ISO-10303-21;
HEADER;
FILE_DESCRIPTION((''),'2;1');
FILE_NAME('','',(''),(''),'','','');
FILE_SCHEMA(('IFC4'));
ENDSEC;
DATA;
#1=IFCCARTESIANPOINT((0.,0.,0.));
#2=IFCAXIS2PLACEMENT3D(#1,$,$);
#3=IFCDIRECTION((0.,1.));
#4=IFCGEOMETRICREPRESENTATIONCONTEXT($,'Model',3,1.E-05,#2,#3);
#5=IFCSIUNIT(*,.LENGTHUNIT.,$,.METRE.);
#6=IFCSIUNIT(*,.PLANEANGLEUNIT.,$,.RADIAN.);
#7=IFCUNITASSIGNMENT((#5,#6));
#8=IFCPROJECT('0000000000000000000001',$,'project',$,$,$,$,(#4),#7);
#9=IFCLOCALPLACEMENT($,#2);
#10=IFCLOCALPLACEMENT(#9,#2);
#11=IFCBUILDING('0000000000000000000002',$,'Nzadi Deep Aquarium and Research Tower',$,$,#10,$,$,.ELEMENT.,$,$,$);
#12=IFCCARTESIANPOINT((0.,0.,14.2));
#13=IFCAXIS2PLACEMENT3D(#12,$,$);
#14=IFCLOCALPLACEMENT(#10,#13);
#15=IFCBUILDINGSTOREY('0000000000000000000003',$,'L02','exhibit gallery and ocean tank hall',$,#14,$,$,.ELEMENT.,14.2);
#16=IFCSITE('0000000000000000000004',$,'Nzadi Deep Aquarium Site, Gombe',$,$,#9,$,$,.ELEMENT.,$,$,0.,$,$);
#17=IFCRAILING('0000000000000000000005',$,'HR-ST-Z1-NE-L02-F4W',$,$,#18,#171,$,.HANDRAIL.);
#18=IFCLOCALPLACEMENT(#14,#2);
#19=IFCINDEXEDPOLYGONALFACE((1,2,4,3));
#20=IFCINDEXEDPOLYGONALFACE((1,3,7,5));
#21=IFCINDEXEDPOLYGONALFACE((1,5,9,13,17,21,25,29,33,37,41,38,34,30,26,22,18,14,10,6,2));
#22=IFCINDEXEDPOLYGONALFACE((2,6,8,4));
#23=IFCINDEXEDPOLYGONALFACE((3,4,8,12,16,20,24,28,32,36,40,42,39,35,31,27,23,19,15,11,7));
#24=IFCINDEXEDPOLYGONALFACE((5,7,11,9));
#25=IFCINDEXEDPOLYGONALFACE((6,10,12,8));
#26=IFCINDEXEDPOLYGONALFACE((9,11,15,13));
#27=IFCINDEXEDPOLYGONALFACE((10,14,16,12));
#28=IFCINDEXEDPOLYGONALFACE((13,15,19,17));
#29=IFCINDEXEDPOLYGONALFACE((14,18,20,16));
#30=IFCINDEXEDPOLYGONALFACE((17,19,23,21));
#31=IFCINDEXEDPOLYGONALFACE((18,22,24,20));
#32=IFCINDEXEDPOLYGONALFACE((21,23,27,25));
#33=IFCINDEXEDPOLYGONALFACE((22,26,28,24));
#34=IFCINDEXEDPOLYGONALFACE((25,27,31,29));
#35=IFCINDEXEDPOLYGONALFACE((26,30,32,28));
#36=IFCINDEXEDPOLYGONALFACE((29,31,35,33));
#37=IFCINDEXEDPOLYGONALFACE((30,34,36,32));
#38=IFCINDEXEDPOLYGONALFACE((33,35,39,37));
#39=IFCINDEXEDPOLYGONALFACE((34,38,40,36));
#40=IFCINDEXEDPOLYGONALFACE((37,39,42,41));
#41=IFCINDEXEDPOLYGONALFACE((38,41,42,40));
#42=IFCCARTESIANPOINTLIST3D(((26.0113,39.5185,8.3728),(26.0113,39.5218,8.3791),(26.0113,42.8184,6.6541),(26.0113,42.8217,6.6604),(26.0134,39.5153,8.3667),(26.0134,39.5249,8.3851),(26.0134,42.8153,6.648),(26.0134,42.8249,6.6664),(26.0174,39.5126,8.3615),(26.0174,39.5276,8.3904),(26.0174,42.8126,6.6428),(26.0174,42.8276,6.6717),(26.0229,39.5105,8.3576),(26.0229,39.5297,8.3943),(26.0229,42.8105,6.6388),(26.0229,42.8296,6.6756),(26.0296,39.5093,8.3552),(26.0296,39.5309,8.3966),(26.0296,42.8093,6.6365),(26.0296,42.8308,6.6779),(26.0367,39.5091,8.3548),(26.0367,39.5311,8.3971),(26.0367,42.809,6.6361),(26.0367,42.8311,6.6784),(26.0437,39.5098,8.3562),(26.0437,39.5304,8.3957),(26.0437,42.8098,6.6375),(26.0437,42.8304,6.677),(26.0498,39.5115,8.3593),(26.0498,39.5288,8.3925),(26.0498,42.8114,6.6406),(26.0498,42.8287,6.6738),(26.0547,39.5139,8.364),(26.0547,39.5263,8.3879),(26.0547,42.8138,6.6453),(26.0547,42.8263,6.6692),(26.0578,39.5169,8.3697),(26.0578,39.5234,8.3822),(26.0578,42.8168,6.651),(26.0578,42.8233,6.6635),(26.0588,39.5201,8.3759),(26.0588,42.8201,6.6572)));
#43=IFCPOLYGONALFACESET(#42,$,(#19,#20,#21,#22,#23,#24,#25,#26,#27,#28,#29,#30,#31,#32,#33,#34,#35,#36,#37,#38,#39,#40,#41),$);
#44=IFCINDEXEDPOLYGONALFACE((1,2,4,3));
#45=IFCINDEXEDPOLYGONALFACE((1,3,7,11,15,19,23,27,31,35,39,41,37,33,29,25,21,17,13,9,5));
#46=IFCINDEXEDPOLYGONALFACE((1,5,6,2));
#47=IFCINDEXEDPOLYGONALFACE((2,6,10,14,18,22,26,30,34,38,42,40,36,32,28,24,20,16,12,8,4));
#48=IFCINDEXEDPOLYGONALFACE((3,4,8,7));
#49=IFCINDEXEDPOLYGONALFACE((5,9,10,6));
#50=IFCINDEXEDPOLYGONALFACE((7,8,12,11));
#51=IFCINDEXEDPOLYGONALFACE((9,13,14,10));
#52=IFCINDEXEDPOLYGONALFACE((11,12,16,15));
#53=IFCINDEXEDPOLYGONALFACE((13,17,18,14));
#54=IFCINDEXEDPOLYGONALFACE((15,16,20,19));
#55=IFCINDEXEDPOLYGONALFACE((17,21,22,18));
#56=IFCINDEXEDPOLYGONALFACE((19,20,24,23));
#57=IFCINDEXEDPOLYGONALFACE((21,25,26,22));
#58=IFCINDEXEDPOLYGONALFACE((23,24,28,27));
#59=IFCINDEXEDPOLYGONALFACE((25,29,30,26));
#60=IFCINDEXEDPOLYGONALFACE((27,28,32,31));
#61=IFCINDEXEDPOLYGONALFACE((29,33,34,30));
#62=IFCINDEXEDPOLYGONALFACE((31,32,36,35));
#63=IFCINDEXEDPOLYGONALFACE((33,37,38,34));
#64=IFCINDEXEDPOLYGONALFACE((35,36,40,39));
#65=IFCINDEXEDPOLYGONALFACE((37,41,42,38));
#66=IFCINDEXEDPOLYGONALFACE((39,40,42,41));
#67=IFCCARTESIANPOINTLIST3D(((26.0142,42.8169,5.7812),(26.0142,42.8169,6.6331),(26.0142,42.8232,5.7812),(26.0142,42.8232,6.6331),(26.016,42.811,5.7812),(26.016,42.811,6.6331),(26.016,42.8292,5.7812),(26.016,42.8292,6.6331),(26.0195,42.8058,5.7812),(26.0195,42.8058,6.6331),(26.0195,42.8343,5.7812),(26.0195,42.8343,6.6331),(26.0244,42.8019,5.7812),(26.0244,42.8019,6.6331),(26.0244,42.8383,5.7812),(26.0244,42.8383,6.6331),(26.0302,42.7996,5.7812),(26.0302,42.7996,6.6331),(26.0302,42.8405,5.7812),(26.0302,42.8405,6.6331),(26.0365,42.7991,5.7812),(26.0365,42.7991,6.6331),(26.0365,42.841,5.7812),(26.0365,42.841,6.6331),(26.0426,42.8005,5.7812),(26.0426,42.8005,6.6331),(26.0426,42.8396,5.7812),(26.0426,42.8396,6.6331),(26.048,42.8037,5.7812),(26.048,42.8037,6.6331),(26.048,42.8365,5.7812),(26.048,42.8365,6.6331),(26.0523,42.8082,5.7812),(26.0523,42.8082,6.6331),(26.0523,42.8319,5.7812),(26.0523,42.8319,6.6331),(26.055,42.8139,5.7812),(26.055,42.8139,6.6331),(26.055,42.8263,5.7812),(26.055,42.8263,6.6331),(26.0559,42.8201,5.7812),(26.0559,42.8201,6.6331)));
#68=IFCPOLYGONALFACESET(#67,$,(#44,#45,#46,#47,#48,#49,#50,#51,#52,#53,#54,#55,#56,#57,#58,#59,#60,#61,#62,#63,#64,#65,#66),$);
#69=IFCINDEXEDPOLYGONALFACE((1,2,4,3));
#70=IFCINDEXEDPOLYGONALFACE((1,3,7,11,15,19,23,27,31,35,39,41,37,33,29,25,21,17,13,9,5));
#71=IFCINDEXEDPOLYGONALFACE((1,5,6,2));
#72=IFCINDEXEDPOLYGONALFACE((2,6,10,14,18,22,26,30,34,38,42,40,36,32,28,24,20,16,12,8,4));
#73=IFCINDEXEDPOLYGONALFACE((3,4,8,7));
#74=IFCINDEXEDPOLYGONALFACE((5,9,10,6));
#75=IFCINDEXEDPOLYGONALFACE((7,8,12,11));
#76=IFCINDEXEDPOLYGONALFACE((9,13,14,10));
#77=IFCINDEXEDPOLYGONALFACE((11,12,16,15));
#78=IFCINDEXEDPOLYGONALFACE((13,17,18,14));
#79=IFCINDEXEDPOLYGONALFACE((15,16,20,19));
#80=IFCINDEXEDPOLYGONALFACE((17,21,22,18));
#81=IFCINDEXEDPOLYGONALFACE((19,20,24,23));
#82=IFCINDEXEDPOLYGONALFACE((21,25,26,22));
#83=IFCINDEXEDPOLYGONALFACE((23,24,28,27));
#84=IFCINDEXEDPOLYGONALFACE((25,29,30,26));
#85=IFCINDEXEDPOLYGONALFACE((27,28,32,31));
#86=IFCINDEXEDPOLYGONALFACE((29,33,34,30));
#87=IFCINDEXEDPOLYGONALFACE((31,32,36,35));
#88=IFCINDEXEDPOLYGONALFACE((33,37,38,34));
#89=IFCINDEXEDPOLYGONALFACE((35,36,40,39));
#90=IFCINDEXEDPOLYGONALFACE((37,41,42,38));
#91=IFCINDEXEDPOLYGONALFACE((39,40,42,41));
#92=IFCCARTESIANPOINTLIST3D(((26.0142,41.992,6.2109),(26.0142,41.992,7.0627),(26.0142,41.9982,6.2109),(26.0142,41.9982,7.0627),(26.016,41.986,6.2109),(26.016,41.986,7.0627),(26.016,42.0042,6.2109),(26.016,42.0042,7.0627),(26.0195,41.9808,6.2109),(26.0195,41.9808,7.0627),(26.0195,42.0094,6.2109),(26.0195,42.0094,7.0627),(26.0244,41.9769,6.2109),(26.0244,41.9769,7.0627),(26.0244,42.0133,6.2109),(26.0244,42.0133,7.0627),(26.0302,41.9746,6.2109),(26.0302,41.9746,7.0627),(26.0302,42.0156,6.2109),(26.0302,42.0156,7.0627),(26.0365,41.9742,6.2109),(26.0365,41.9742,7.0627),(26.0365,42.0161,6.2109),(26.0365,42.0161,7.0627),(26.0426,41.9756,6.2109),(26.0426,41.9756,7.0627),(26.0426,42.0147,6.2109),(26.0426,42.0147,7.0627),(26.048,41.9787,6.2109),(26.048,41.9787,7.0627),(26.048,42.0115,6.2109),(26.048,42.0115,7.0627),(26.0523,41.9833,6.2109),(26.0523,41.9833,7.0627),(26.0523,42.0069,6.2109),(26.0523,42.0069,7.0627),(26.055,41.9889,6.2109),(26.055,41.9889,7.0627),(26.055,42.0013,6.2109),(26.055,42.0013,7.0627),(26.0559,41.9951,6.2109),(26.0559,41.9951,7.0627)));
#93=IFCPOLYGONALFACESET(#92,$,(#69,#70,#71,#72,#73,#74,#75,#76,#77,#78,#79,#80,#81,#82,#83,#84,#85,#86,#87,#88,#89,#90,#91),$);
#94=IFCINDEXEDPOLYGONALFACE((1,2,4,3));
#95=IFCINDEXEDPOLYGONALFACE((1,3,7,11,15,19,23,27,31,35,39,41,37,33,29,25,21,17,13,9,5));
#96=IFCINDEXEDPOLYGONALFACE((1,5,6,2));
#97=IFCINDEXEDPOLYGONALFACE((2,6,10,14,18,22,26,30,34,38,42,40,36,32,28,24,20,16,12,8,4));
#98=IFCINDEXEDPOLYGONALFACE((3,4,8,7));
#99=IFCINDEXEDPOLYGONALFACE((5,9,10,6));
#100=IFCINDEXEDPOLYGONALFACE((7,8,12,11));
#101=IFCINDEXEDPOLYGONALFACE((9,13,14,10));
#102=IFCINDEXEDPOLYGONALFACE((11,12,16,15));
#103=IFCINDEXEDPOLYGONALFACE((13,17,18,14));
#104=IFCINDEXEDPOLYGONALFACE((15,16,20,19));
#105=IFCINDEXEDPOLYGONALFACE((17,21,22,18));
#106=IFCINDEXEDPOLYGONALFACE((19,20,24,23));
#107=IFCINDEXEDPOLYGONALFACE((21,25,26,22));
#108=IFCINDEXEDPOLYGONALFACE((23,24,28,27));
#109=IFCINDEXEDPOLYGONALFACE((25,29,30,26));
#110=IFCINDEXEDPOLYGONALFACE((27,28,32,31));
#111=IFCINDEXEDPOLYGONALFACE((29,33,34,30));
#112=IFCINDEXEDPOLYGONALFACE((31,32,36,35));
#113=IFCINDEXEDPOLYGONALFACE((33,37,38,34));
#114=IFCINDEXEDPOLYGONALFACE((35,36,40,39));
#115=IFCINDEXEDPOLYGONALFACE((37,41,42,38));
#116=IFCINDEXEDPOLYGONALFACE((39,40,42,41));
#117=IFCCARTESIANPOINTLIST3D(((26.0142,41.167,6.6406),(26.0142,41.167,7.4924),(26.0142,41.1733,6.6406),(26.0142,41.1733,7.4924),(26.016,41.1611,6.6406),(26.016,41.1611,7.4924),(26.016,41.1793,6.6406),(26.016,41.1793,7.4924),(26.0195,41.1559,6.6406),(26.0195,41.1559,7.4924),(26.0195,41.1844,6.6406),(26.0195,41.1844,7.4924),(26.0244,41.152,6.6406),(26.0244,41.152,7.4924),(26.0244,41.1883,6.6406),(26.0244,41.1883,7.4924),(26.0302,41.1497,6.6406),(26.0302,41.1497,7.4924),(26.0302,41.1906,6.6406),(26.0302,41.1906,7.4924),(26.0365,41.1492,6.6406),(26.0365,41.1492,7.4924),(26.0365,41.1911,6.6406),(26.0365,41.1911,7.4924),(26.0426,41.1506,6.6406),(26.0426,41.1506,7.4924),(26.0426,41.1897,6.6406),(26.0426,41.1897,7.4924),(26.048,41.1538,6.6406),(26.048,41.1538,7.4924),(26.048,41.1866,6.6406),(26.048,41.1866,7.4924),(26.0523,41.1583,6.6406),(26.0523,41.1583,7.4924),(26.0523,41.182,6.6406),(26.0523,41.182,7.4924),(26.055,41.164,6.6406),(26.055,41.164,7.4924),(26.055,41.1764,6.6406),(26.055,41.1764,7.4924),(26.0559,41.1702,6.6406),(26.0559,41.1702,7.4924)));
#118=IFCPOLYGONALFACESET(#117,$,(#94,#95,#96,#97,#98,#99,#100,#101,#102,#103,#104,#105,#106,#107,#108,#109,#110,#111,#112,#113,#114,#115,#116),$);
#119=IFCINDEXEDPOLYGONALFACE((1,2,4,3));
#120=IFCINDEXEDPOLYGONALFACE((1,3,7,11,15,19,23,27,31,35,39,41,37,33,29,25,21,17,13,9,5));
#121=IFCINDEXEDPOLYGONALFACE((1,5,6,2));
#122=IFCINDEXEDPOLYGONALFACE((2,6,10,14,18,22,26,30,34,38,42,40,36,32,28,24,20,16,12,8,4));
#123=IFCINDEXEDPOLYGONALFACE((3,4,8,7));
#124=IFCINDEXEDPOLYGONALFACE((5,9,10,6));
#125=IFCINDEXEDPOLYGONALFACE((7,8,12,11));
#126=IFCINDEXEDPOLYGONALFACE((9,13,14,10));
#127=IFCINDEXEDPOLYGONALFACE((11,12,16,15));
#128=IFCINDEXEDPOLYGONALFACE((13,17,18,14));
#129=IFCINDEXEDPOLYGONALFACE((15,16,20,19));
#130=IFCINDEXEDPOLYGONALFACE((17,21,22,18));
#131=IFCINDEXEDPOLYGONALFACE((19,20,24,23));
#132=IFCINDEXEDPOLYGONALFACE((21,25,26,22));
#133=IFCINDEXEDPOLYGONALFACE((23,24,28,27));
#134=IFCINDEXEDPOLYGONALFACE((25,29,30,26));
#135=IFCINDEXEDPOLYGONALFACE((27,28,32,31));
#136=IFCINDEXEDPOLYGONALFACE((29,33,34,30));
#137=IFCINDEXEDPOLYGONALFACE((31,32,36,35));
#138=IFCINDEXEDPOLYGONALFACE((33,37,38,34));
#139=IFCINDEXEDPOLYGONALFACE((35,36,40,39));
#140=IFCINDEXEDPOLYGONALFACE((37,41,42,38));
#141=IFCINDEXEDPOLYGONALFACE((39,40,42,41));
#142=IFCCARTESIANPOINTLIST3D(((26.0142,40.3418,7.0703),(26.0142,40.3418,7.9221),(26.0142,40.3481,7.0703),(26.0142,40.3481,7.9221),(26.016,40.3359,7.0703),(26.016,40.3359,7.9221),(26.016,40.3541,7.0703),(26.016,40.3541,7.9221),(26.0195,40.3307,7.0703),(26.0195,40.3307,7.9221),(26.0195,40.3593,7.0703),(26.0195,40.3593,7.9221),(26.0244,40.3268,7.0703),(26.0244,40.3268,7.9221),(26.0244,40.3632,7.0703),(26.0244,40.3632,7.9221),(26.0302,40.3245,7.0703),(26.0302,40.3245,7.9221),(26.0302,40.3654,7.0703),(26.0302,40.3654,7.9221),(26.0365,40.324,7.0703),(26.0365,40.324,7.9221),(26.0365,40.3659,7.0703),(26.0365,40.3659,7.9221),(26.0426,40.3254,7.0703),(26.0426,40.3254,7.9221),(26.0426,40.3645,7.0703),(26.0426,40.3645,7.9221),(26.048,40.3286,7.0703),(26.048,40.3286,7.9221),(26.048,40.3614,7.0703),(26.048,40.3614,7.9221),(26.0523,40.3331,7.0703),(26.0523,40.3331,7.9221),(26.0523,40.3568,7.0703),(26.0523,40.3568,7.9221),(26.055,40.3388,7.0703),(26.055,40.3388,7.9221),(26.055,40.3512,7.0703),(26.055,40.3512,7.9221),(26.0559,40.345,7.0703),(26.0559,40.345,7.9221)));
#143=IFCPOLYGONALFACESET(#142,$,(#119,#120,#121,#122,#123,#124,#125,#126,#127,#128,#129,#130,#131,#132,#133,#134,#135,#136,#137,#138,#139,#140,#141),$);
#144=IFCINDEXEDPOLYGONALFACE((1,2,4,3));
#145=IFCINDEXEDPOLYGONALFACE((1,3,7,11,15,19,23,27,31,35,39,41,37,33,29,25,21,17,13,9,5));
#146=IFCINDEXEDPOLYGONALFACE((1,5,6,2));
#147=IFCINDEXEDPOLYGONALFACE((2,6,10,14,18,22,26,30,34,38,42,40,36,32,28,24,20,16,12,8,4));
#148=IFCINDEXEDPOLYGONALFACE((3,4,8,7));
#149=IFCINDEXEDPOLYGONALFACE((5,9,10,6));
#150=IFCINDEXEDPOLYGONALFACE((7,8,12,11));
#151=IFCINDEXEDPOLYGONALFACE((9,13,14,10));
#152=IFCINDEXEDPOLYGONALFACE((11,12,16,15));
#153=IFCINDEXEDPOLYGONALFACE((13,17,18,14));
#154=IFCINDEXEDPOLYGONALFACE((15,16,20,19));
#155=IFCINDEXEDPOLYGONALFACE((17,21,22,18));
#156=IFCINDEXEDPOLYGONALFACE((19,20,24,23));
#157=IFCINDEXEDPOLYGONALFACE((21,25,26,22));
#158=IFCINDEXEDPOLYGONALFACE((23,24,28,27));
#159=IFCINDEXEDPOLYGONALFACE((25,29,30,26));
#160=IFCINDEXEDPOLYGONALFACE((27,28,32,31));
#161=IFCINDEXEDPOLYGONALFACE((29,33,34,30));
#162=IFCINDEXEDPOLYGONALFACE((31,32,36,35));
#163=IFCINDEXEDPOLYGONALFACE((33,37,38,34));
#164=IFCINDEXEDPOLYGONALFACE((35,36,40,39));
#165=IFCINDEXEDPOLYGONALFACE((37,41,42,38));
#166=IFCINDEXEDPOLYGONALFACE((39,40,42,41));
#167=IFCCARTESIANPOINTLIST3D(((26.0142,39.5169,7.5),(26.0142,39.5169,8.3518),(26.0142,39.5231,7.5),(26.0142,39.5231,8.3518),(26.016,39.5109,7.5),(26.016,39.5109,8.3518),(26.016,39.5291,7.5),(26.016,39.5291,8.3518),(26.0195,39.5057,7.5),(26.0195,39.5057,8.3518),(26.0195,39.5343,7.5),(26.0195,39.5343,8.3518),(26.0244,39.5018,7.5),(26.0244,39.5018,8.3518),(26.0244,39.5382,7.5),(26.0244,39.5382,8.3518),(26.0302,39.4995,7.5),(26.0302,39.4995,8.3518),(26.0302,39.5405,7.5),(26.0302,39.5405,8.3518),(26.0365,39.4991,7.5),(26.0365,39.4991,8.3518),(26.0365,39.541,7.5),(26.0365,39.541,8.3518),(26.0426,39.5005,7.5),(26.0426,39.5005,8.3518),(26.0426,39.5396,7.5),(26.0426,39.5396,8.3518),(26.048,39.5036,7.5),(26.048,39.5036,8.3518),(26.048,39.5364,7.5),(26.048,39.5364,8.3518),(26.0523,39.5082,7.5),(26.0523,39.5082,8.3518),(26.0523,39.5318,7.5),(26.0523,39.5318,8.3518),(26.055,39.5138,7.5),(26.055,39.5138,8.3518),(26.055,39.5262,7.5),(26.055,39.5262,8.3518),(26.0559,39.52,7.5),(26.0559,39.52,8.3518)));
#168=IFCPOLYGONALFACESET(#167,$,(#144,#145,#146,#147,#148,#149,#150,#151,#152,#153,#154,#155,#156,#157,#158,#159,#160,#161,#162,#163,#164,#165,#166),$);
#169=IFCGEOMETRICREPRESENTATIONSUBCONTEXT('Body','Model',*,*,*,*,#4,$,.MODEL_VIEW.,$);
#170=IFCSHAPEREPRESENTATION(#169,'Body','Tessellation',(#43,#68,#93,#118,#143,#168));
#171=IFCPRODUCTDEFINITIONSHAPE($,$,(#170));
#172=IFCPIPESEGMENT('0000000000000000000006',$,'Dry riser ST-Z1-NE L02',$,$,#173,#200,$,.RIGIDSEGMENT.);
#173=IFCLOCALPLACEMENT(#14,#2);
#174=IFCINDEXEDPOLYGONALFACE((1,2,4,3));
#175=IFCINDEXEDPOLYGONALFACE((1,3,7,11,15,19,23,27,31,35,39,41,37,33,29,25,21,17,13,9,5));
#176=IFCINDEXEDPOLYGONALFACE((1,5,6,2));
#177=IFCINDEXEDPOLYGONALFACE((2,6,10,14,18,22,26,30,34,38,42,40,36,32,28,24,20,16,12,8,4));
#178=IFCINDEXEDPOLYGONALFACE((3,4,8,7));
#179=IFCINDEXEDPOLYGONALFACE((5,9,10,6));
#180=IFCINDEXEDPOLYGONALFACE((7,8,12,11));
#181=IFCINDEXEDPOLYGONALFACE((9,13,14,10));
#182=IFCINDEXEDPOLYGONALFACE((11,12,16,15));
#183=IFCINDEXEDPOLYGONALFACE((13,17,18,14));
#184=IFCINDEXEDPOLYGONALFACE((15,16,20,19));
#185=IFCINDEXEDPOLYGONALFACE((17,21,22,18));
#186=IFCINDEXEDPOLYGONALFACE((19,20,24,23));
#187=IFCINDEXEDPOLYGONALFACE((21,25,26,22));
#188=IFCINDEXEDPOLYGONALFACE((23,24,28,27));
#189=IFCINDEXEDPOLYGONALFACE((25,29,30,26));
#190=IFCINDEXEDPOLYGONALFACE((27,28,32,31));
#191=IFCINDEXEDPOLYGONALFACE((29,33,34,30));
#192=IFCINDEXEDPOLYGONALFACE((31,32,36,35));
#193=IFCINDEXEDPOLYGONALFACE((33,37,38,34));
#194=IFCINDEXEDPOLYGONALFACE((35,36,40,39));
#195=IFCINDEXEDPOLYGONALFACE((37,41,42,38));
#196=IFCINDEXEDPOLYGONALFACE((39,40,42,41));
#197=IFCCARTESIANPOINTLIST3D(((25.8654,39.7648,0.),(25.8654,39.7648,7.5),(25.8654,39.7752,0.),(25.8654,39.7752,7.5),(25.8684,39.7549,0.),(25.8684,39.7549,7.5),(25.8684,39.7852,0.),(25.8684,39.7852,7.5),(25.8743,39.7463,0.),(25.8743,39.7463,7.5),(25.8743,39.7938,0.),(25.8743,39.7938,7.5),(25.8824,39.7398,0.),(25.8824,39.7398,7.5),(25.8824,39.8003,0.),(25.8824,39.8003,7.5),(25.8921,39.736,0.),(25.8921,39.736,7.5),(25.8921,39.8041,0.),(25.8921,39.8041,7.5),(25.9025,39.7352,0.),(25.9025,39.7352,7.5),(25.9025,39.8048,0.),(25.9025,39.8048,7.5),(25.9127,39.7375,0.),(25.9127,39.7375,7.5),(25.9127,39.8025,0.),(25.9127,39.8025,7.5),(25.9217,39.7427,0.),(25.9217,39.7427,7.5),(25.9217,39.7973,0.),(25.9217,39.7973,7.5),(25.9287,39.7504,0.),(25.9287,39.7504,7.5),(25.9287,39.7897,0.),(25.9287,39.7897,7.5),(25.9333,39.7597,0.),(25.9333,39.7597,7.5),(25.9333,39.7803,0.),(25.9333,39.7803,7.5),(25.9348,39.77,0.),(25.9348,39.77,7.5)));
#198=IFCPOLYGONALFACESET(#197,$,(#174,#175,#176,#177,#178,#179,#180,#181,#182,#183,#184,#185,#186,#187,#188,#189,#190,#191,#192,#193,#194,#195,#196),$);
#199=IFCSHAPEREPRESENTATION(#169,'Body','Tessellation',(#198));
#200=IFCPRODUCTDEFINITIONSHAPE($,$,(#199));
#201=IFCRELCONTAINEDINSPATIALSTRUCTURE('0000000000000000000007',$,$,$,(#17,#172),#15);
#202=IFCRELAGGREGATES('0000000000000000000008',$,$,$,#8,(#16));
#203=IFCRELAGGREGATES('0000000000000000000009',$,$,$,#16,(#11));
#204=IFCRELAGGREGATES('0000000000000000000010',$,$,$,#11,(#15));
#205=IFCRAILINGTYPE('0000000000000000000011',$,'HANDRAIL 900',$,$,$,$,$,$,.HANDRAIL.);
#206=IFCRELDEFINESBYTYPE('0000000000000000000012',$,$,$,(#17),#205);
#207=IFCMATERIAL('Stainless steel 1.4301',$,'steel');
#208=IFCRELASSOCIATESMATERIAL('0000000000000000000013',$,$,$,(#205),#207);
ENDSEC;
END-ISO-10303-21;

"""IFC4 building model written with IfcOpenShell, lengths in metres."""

from ifc_helpers import new_model, si_unit, direction, frame, origin, origin_2d, place, context, subcontext, project, spatial, circle, extrude, material, type_object, element, save


model = new_model("IFC4")

# Units and contexts
model_context = context("Model", 3, precision=1e-05, world=origin(), true_north=direction((0.0, 1.0)))
body_context = subcontext(model_context, "Body", "Model", "MODEL_VIEW")
ifc_project = project(units=[si_unit("LENGTHUNIT", "METRE"), si_unit("PLANEANGLEUNIT", "RADIAN")], contexts=[model_context])

# Site, building, storey
site_placement = place(None, origin())
site = spatial("IfcSite", under=ifc_project, at=site_placement, Name="Nzadi Deep Aquarium Site, Gombe", CompositionType="ELEMENT", RefElevation=0.0)
building_placement = place(site_placement, origin())
building = spatial("IfcBuilding", under=site, at=building_placement, Name="Nzadi Deep Aquarium and Research Tower", CompositionType="ELEMENT")
storey_placement = place(building_placement, frame((0.0, 0.0, 14.2)))
storey = spatial("IfcBuildingStorey", under=building, at=storey_placement, Name="L02", Description="exhibit gallery and ocean tank hall", CompositionType="ELEMENT", Elevation=14.2)

# Railing
ifc_material_1 = material(Name="Stainless steel 1.4301", Category="steel")
railing_type = type_object("IfcRailingType", Name="HANDRAIL 900", PredefinedType="HANDRAIL", material=ifc_material_1)
for number, where, name in (
    (1, (26.0349, 42.8201, 5.7812), "HR-ST-Z1-NE-L02-F4W"),
):
    element("IfcRailing", number, at=place(storey_placement, frame(where)), inside=storey, type_object=railing_type, Name=name, PredefinedType="HANDRAIL", context=body_context, shape_type="SweptSolid", body=[
        extrude(circle(Radius=0.0239, at=origin_2d()), frame((0.0, 0.0, 0.876), z_axis=(0.0, -0.886917, 0.461929), x_axis=(1.0, 0.0, 0.0)), (0.0, 0.0, 1.0), 3.7207),
        extrude(circle(Radius=0.021, at=origin_2d()), origin(), (0.0, 0.0, 1.0), 0.8518),
        extrude(circle(Radius=0.021, at=origin_2d()), frame((0.0, -0.825, 0.4297)), (0.0, 0.0, 1.0), 0.8518),
        extrude(circle(Radius=0.021, at=origin_2d()), frame((0.0, -1.6499, 0.8594)), (0.0, 0.0, 1.0), 0.8518),
        extrude(circle(Radius=0.021, at=origin_2d()), frame((0.0, -2.4751, 1.2891)), (0.0, 0.0, 1.0), 0.8518),
        extrude(circle(Radius=0.021, at=origin_2d()), frame((0.0, -3.3, 1.7188)), (0.0, 0.0, 1.0), 0.8518),
    ])

# Pipe segment
pipe_segment_placement = place(storey_placement, frame((25.8999, 39.77, 0.0), z_axis=(0.0, 0.0, 1.0), x_axis=(1.0, 0.0, 0.0)))
element("IfcPipeSegment", 2, at=pipe_segment_placement, inside=storey, Name="Dry riser ST-Z1-NE L02", PredefinedType="RIGIDSEGMENT", context=body_context, shape_type="SweptSolid", body=[
    extrude(circle(Radius=0.0349, at=origin_2d()), origin(), (0.0, 0.0, 1.0), 7.5),
])

save(model, "model.ifc")
